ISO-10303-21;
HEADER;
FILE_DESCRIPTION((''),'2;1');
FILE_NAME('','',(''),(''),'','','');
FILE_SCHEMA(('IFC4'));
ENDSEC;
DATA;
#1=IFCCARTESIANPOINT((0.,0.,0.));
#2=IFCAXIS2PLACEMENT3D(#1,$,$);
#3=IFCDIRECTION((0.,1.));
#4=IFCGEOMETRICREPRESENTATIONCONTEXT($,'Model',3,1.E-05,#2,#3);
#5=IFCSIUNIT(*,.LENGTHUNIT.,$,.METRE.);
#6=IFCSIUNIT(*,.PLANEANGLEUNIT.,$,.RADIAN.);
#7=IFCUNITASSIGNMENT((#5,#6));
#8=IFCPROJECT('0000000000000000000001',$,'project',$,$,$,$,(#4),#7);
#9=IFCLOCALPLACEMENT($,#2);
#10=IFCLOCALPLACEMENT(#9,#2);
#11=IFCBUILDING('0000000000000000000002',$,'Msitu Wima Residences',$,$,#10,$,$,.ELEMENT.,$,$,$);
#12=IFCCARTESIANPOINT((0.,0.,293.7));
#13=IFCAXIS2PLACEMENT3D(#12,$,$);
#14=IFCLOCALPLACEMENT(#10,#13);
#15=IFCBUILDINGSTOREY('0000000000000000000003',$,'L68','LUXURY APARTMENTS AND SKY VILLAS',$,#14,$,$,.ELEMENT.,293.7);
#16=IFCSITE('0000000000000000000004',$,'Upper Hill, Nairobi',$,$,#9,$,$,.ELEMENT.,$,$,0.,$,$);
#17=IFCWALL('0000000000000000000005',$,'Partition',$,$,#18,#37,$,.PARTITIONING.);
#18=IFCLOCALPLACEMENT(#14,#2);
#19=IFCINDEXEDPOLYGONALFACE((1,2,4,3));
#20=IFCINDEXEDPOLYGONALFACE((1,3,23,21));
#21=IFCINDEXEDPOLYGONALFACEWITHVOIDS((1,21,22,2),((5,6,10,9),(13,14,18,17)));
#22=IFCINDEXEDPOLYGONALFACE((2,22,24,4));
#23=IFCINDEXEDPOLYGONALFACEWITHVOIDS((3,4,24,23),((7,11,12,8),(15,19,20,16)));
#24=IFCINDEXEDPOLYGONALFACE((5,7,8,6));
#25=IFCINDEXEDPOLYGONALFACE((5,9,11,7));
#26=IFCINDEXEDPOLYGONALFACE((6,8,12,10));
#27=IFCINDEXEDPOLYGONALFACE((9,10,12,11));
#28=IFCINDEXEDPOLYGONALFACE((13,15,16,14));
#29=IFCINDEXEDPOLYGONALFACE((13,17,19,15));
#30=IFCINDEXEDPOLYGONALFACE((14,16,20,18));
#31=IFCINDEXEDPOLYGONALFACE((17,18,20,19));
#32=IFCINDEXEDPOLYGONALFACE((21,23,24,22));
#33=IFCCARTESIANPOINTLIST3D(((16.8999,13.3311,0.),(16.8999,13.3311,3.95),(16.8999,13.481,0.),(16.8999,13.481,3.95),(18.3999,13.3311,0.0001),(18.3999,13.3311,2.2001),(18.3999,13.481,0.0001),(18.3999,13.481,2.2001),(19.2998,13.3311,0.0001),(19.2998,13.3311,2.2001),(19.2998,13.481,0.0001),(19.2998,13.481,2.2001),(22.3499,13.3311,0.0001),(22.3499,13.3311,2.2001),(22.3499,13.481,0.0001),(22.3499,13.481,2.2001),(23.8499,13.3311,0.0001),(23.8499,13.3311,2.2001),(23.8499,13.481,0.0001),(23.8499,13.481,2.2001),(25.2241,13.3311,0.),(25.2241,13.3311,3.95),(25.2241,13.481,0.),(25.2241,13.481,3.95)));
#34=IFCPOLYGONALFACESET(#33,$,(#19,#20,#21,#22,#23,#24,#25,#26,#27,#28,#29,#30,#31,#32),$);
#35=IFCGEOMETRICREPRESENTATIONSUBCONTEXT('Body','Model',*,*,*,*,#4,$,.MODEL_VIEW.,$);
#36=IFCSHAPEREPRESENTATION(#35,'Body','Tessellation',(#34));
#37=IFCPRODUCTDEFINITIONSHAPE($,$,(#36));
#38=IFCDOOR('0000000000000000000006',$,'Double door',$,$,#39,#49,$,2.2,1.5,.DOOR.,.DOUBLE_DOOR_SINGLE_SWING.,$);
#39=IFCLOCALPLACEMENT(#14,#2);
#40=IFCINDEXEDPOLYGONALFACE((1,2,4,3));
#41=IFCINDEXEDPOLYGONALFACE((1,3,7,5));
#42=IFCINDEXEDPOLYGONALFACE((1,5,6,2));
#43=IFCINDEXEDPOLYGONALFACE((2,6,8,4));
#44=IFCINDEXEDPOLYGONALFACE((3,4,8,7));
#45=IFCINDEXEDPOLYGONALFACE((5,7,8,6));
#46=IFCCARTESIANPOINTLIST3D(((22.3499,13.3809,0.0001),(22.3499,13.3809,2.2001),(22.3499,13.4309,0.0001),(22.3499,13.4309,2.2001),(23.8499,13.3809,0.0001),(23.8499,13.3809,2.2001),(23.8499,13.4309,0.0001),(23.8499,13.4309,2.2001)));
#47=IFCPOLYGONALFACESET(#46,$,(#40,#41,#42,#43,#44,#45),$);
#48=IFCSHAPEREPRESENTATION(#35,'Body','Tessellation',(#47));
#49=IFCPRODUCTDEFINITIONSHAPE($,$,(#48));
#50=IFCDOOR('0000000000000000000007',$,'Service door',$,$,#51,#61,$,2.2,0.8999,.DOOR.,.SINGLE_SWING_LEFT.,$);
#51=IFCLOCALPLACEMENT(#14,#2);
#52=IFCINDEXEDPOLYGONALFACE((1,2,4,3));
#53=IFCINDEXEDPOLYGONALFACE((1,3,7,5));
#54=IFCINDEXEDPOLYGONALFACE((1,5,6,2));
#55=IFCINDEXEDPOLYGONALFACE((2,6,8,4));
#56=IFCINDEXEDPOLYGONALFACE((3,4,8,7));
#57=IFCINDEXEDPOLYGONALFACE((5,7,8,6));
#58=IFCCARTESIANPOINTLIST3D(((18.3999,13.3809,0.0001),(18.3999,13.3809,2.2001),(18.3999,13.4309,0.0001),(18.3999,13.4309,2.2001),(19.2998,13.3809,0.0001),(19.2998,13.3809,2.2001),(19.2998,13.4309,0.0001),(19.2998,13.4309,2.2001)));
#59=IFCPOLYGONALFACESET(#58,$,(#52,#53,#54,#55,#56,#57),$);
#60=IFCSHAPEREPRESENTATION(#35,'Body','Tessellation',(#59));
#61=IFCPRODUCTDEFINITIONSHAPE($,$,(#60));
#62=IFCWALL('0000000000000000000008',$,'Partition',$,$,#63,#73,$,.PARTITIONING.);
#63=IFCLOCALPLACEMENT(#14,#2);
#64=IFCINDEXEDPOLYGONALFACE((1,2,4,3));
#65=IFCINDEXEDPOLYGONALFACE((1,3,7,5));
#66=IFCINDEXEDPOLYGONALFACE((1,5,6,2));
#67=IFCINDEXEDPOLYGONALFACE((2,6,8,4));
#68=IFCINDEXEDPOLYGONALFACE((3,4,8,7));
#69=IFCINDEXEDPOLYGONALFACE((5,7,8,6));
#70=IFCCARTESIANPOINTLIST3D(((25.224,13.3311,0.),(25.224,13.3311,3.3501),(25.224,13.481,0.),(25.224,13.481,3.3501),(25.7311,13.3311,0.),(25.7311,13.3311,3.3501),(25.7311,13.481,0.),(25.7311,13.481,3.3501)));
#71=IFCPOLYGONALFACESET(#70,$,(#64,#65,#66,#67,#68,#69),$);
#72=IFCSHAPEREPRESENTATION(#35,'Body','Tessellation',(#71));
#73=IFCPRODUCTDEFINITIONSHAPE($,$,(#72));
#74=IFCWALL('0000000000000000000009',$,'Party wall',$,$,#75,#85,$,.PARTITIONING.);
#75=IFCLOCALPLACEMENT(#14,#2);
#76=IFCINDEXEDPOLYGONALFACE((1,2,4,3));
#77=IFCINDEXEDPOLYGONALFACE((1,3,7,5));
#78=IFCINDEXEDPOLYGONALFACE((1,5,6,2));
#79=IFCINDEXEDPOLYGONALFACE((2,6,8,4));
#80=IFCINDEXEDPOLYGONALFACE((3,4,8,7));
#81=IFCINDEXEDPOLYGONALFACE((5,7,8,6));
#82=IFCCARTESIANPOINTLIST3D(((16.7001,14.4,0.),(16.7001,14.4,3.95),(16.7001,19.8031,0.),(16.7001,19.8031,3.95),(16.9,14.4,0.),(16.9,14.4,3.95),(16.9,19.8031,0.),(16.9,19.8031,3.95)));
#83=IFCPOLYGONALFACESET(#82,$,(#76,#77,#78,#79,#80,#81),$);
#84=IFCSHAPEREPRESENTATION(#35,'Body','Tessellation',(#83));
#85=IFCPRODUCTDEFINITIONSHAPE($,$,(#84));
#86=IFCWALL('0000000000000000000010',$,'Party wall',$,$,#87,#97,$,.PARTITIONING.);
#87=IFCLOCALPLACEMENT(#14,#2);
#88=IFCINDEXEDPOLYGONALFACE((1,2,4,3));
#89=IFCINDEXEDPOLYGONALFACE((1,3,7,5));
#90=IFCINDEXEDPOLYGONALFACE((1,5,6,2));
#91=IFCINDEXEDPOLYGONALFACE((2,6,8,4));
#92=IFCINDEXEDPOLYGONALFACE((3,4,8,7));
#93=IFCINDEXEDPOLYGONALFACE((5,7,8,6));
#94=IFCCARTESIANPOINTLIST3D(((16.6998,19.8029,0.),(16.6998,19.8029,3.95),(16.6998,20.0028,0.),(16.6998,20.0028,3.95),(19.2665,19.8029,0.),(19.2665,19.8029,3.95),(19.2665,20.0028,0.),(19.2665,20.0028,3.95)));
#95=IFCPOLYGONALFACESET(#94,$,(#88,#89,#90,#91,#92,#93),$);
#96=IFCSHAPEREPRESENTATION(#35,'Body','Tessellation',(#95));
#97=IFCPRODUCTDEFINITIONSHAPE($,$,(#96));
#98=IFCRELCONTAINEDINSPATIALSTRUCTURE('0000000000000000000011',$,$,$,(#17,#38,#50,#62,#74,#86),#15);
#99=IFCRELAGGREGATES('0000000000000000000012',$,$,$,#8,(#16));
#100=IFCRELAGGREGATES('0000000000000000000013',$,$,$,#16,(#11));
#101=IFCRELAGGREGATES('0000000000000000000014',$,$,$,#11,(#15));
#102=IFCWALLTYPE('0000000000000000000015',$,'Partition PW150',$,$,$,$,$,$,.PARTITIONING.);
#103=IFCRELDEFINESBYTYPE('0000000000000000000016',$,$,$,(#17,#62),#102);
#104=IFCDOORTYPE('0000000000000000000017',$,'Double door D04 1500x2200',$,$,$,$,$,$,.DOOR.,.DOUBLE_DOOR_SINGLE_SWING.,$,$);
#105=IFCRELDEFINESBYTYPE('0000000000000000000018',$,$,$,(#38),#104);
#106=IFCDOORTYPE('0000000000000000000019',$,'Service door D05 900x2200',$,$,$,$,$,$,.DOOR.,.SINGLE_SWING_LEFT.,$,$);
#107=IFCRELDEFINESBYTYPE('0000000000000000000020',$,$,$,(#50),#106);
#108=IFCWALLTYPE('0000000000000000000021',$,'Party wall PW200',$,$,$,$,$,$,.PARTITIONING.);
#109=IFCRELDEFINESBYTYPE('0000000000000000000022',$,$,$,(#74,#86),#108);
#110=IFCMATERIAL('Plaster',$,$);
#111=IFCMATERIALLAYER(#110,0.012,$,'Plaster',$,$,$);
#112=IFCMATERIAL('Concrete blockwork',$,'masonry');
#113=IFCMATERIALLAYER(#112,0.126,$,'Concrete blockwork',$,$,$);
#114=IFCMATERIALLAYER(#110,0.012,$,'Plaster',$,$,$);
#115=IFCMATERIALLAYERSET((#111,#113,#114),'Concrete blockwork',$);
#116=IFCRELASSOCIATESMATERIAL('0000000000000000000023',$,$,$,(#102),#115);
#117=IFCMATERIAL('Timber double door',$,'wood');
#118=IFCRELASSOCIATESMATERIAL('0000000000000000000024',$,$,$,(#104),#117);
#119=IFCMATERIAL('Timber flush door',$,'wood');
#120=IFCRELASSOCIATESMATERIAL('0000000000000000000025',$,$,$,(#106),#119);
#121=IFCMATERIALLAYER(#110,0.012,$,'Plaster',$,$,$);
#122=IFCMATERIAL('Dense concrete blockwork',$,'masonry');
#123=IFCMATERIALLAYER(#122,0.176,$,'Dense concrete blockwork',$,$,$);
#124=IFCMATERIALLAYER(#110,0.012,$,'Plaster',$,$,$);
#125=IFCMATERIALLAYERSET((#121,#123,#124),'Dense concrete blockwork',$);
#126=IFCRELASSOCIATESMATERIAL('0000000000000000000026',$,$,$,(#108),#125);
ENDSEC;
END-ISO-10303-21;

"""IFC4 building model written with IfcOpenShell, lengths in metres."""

from ifc_helpers import new_model, si_unit, direction, frame, frame_2d, origin, place, context, subcontext, project, spatial, rectangle, extrude, material, layer, layer_set, type_object, element, fill, save


model = new_model("IFC4")

# Units and contexts
model_context = context("Model", 3, precision=1e-05, world=origin(), true_north=direction((0.0, 1.0)))
body_context = subcontext(model_context, "Body", "Model", "MODEL_VIEW")
ifc_project = project(units=[si_unit("LENGTHUNIT", "METRE"), si_unit("PLANEANGLEUNIT", "RADIAN")], contexts=[model_context])

# Site, building, storey
site_placement = place(None, origin())
site = spatial("IfcSite", under=ifc_project, at=site_placement, Name="Upper Hill, Nairobi", CompositionType="ELEMENT", RefElevation=0.0)
building_placement = place(site_placement, origin())
building = spatial("IfcBuilding", under=site, at=building_placement, Name="Msitu Wima Residences", CompositionType="ELEMENT")
storey_placement = place(building_placement, frame((0.0, 0.0, 293.7)))
storey = spatial("IfcBuildingStorey", under=building, at=storey_placement, Name="L68", Description="LUXURY APARTMENTS AND SKY VILLAS", CompositionType="ELEMENT", Elevation=293.7)

# Shared definitions
ifc_material_1 = material(Name="Plaster")
ifc_material_2 = material(Name="Concrete blockwork", Category="masonry")

# Wall, openings, doors
ifc_layer_1 = layer(ifc_material_1, 0.012, Name="Plaster")
ifc_layer_2 = layer(ifc_material_2, 0.126, Name="Concrete blockwork")
ifc_layer_3 = layer(ifc_material_1, 0.012, Name="Plaster")
ifc_layer_set_1 = layer_set([ifc_layer_1, ifc_layer_2, ifc_layer_3], Name="Concrete blockwork")
wall_type_1 = type_object("IfcWallType", Name="Partition PW150", PredefinedType="PARTITIONING", material=ifc_layer_set_1)
wall_1_placement = place(storey_placement, frame((16.8999, 13.406, 0.0), z_axis=(0.0, 0.0, 1.0), x_axis=(1.0, 0.0, 0.0)))
wall_1 = element("IfcWall", 1, at=wall_1_placement, inside=storey, type_object=wall_type_1, Name="Partition", PredefinedType="PARTITIONING", context=body_context, shape_type="SweptSolid", body=[
    extrude(rectangle(XDim=8.3242, YDim=0.1499, at=frame_2d((4.1621, 0.0))), origin(), (0.0, 0.0, 1.0), 3.95),
])
opening_1_placement = place(wall_1_placement, frame((5.45, 0.0, 0.0)))
opening_1 = element("IfcOpeningElement", 2, at=opening_1_placement, cuts=wall_1, PredefinedType="OPENING", context=body_context, shape_type="SweptSolid", body=[
    extrude(rectangle(XDim=1.5, YDim=2.2, at=frame_2d((0.75, 1.1001))), frame((0.0, 0.085, 0.0), z_axis=(0.0, -1.0, 0.0), x_axis=(1.0, 0.0, 0.0)), (0.0, 0.0, 1.0), 0.1699),
])
opening_2_placement = place(wall_1_placement, frame((1.5, 0.0, 0.0)))
opening_2 = element("IfcOpeningElement", 3, at=opening_2_placement, cuts=wall_1, PredefinedType="OPENING", context=body_context, shape_type="SweptSolid", body=[
    extrude(rectangle(XDim=0.8999, YDim=2.2, at=frame_2d((0.45, 1.1001))), frame((0.0, 0.085, 0.0), z_axis=(0.0, -1.0, 0.0), x_axis=(1.0, 0.0, 0.0)), (0.0, 0.0, 1.0), 0.1699),
])
ifc_material_3 = material(Name="Timber double door", Category="wood")
door_type_1 = type_object("IfcDoorType", Name="Double door D04 1500x2200", OperationType="DOUBLE_DOOR_SINGLE_SWING", PredefinedType="DOOR", material=ifc_material_3)
door_1_placement = place(opening_1_placement, origin())
door_1 = element("IfcDoor", 4, at=door_1_placement, inside=storey, type_object=door_type_1, Name="Double door", OperationType="DOUBLE_DOOR_SINGLE_SWING", OverallHeight=2.2, OverallWidth=1.5, PredefinedType="DOOR", context=body_context, shape_type="SweptSolid", body=[
    extrude(rectangle(XDim=1.5, YDim=2.2, at=frame_2d((0.75, 1.1001))), frame((0.0, 0.0249, 0.0), z_axis=(0.0, -1.0, 0.0), x_axis=(1.0, 0.0, 0.0)), (0.0, 0.0, 1.0), 0.05),
])
fill(opening_1, door_1)
ifc_material_4 = material(Name="Timber flush door", Category="wood")
door_type_2 = type_object("IfcDoorType", Name="Service door D05 900x2200", OperationType="SINGLE_SWING_LEFT", PredefinedType="DOOR", material=ifc_material_4)
door_2_placement = place(opening_2_placement, origin())
door_2 = element("IfcDoor", 5, at=door_2_placement, inside=storey, type_object=door_type_2, Name="Service door", OperationType="SINGLE_SWING_LEFT", OverallHeight=2.2, OverallWidth=0.8999, PredefinedType="DOOR", context=body_context, shape_type="SweptSolid", body=[
    extrude(rectangle(XDim=0.8999, YDim=2.2, at=frame_2d((0.45, 1.1001))), frame((0.0, 0.0249, 0.0), z_axis=(0.0, -1.0, 0.0), x_axis=(1.0, 0.0, 0.0)), (0.0, 0.0, 1.0), 0.05),
])
fill(opening_2, door_2)

# Walls
wall_2_placement = place(storey_placement, frame((25.2241, 13.406, 0.0), z_axis=(0.0, 0.0, 1.0), x_axis=(1.0, 0.0, 0.0)))
element("IfcWall", 6, at=wall_2_placement, inside=storey, type_object=wall_type_1, Name="Partition", PredefinedType="PARTITIONING", context=body_context, shape_type="SweptSolid", body=[
    extrude(rectangle(XDim=0.5071, YDim=0.1499, at=frame_2d((0.2534, 0.0))), origin(), (0.0, 0.0, 1.0), 3.3501),
])
ifc_layer_4 = layer(ifc_material_1, 0.012, Name="Plaster")
ifc_material_5 = material(Name="Dense concrete blockwork", Category="masonry")
ifc_layer_5 = layer(ifc_material_5, 0.176, Name="Dense concrete blockwork")
ifc_layer_6 = layer(ifc_material_1, 0.012, Name="Plaster")
ifc_layer_set_2 = layer_set([ifc_layer_4, ifc_layer_5, ifc_layer_6], Name="Dense concrete blockwork")
wall_type_2 = type_object("IfcWallType", Name="Party wall PW200", PredefinedType="PARTITIONING", material=ifc_layer_set_2)
wall_3_placement = place(storey_placement, frame((16.8, 14.3999, 0.0), z_axis=(0.0, 0.0, 1.0), x_axis=(0.0, 1.0, 0.0)))
element("IfcWall", 7, at=wall_3_placement, inside=storey, type_object=wall_type_2, Name="Party wall", PredefinedType="PARTITIONING", context=body_context, shape_type="SweptSolid", body=[
    extrude(rectangle(XDim=5.4031, YDim=0.2, at=frame_2d((2.7017, 0.0))), origin(), (0.0, 0.0, 1.0), 3.95),
])
wall_4_placement = place(storey_placement, frame((16.7, 19.9028, 0.0), z_axis=(0.0, 0.0, 1.0), x_axis=(1.0, 0.0, 0.0)))
element("IfcWall", 8, at=wall_4_placement, inside=storey, type_object=wall_type_2, Name="Party wall", PredefinedType="PARTITIONING", context=body_context, shape_type="SweptSolid", body=[
    extrude(rectangle(XDim=2.5667, YDim=0.2, at=frame_2d((1.2832, 0.0))), origin(), (0.0, 0.0, 1.0), 3.95),
])

save(model, "model.ifc")
